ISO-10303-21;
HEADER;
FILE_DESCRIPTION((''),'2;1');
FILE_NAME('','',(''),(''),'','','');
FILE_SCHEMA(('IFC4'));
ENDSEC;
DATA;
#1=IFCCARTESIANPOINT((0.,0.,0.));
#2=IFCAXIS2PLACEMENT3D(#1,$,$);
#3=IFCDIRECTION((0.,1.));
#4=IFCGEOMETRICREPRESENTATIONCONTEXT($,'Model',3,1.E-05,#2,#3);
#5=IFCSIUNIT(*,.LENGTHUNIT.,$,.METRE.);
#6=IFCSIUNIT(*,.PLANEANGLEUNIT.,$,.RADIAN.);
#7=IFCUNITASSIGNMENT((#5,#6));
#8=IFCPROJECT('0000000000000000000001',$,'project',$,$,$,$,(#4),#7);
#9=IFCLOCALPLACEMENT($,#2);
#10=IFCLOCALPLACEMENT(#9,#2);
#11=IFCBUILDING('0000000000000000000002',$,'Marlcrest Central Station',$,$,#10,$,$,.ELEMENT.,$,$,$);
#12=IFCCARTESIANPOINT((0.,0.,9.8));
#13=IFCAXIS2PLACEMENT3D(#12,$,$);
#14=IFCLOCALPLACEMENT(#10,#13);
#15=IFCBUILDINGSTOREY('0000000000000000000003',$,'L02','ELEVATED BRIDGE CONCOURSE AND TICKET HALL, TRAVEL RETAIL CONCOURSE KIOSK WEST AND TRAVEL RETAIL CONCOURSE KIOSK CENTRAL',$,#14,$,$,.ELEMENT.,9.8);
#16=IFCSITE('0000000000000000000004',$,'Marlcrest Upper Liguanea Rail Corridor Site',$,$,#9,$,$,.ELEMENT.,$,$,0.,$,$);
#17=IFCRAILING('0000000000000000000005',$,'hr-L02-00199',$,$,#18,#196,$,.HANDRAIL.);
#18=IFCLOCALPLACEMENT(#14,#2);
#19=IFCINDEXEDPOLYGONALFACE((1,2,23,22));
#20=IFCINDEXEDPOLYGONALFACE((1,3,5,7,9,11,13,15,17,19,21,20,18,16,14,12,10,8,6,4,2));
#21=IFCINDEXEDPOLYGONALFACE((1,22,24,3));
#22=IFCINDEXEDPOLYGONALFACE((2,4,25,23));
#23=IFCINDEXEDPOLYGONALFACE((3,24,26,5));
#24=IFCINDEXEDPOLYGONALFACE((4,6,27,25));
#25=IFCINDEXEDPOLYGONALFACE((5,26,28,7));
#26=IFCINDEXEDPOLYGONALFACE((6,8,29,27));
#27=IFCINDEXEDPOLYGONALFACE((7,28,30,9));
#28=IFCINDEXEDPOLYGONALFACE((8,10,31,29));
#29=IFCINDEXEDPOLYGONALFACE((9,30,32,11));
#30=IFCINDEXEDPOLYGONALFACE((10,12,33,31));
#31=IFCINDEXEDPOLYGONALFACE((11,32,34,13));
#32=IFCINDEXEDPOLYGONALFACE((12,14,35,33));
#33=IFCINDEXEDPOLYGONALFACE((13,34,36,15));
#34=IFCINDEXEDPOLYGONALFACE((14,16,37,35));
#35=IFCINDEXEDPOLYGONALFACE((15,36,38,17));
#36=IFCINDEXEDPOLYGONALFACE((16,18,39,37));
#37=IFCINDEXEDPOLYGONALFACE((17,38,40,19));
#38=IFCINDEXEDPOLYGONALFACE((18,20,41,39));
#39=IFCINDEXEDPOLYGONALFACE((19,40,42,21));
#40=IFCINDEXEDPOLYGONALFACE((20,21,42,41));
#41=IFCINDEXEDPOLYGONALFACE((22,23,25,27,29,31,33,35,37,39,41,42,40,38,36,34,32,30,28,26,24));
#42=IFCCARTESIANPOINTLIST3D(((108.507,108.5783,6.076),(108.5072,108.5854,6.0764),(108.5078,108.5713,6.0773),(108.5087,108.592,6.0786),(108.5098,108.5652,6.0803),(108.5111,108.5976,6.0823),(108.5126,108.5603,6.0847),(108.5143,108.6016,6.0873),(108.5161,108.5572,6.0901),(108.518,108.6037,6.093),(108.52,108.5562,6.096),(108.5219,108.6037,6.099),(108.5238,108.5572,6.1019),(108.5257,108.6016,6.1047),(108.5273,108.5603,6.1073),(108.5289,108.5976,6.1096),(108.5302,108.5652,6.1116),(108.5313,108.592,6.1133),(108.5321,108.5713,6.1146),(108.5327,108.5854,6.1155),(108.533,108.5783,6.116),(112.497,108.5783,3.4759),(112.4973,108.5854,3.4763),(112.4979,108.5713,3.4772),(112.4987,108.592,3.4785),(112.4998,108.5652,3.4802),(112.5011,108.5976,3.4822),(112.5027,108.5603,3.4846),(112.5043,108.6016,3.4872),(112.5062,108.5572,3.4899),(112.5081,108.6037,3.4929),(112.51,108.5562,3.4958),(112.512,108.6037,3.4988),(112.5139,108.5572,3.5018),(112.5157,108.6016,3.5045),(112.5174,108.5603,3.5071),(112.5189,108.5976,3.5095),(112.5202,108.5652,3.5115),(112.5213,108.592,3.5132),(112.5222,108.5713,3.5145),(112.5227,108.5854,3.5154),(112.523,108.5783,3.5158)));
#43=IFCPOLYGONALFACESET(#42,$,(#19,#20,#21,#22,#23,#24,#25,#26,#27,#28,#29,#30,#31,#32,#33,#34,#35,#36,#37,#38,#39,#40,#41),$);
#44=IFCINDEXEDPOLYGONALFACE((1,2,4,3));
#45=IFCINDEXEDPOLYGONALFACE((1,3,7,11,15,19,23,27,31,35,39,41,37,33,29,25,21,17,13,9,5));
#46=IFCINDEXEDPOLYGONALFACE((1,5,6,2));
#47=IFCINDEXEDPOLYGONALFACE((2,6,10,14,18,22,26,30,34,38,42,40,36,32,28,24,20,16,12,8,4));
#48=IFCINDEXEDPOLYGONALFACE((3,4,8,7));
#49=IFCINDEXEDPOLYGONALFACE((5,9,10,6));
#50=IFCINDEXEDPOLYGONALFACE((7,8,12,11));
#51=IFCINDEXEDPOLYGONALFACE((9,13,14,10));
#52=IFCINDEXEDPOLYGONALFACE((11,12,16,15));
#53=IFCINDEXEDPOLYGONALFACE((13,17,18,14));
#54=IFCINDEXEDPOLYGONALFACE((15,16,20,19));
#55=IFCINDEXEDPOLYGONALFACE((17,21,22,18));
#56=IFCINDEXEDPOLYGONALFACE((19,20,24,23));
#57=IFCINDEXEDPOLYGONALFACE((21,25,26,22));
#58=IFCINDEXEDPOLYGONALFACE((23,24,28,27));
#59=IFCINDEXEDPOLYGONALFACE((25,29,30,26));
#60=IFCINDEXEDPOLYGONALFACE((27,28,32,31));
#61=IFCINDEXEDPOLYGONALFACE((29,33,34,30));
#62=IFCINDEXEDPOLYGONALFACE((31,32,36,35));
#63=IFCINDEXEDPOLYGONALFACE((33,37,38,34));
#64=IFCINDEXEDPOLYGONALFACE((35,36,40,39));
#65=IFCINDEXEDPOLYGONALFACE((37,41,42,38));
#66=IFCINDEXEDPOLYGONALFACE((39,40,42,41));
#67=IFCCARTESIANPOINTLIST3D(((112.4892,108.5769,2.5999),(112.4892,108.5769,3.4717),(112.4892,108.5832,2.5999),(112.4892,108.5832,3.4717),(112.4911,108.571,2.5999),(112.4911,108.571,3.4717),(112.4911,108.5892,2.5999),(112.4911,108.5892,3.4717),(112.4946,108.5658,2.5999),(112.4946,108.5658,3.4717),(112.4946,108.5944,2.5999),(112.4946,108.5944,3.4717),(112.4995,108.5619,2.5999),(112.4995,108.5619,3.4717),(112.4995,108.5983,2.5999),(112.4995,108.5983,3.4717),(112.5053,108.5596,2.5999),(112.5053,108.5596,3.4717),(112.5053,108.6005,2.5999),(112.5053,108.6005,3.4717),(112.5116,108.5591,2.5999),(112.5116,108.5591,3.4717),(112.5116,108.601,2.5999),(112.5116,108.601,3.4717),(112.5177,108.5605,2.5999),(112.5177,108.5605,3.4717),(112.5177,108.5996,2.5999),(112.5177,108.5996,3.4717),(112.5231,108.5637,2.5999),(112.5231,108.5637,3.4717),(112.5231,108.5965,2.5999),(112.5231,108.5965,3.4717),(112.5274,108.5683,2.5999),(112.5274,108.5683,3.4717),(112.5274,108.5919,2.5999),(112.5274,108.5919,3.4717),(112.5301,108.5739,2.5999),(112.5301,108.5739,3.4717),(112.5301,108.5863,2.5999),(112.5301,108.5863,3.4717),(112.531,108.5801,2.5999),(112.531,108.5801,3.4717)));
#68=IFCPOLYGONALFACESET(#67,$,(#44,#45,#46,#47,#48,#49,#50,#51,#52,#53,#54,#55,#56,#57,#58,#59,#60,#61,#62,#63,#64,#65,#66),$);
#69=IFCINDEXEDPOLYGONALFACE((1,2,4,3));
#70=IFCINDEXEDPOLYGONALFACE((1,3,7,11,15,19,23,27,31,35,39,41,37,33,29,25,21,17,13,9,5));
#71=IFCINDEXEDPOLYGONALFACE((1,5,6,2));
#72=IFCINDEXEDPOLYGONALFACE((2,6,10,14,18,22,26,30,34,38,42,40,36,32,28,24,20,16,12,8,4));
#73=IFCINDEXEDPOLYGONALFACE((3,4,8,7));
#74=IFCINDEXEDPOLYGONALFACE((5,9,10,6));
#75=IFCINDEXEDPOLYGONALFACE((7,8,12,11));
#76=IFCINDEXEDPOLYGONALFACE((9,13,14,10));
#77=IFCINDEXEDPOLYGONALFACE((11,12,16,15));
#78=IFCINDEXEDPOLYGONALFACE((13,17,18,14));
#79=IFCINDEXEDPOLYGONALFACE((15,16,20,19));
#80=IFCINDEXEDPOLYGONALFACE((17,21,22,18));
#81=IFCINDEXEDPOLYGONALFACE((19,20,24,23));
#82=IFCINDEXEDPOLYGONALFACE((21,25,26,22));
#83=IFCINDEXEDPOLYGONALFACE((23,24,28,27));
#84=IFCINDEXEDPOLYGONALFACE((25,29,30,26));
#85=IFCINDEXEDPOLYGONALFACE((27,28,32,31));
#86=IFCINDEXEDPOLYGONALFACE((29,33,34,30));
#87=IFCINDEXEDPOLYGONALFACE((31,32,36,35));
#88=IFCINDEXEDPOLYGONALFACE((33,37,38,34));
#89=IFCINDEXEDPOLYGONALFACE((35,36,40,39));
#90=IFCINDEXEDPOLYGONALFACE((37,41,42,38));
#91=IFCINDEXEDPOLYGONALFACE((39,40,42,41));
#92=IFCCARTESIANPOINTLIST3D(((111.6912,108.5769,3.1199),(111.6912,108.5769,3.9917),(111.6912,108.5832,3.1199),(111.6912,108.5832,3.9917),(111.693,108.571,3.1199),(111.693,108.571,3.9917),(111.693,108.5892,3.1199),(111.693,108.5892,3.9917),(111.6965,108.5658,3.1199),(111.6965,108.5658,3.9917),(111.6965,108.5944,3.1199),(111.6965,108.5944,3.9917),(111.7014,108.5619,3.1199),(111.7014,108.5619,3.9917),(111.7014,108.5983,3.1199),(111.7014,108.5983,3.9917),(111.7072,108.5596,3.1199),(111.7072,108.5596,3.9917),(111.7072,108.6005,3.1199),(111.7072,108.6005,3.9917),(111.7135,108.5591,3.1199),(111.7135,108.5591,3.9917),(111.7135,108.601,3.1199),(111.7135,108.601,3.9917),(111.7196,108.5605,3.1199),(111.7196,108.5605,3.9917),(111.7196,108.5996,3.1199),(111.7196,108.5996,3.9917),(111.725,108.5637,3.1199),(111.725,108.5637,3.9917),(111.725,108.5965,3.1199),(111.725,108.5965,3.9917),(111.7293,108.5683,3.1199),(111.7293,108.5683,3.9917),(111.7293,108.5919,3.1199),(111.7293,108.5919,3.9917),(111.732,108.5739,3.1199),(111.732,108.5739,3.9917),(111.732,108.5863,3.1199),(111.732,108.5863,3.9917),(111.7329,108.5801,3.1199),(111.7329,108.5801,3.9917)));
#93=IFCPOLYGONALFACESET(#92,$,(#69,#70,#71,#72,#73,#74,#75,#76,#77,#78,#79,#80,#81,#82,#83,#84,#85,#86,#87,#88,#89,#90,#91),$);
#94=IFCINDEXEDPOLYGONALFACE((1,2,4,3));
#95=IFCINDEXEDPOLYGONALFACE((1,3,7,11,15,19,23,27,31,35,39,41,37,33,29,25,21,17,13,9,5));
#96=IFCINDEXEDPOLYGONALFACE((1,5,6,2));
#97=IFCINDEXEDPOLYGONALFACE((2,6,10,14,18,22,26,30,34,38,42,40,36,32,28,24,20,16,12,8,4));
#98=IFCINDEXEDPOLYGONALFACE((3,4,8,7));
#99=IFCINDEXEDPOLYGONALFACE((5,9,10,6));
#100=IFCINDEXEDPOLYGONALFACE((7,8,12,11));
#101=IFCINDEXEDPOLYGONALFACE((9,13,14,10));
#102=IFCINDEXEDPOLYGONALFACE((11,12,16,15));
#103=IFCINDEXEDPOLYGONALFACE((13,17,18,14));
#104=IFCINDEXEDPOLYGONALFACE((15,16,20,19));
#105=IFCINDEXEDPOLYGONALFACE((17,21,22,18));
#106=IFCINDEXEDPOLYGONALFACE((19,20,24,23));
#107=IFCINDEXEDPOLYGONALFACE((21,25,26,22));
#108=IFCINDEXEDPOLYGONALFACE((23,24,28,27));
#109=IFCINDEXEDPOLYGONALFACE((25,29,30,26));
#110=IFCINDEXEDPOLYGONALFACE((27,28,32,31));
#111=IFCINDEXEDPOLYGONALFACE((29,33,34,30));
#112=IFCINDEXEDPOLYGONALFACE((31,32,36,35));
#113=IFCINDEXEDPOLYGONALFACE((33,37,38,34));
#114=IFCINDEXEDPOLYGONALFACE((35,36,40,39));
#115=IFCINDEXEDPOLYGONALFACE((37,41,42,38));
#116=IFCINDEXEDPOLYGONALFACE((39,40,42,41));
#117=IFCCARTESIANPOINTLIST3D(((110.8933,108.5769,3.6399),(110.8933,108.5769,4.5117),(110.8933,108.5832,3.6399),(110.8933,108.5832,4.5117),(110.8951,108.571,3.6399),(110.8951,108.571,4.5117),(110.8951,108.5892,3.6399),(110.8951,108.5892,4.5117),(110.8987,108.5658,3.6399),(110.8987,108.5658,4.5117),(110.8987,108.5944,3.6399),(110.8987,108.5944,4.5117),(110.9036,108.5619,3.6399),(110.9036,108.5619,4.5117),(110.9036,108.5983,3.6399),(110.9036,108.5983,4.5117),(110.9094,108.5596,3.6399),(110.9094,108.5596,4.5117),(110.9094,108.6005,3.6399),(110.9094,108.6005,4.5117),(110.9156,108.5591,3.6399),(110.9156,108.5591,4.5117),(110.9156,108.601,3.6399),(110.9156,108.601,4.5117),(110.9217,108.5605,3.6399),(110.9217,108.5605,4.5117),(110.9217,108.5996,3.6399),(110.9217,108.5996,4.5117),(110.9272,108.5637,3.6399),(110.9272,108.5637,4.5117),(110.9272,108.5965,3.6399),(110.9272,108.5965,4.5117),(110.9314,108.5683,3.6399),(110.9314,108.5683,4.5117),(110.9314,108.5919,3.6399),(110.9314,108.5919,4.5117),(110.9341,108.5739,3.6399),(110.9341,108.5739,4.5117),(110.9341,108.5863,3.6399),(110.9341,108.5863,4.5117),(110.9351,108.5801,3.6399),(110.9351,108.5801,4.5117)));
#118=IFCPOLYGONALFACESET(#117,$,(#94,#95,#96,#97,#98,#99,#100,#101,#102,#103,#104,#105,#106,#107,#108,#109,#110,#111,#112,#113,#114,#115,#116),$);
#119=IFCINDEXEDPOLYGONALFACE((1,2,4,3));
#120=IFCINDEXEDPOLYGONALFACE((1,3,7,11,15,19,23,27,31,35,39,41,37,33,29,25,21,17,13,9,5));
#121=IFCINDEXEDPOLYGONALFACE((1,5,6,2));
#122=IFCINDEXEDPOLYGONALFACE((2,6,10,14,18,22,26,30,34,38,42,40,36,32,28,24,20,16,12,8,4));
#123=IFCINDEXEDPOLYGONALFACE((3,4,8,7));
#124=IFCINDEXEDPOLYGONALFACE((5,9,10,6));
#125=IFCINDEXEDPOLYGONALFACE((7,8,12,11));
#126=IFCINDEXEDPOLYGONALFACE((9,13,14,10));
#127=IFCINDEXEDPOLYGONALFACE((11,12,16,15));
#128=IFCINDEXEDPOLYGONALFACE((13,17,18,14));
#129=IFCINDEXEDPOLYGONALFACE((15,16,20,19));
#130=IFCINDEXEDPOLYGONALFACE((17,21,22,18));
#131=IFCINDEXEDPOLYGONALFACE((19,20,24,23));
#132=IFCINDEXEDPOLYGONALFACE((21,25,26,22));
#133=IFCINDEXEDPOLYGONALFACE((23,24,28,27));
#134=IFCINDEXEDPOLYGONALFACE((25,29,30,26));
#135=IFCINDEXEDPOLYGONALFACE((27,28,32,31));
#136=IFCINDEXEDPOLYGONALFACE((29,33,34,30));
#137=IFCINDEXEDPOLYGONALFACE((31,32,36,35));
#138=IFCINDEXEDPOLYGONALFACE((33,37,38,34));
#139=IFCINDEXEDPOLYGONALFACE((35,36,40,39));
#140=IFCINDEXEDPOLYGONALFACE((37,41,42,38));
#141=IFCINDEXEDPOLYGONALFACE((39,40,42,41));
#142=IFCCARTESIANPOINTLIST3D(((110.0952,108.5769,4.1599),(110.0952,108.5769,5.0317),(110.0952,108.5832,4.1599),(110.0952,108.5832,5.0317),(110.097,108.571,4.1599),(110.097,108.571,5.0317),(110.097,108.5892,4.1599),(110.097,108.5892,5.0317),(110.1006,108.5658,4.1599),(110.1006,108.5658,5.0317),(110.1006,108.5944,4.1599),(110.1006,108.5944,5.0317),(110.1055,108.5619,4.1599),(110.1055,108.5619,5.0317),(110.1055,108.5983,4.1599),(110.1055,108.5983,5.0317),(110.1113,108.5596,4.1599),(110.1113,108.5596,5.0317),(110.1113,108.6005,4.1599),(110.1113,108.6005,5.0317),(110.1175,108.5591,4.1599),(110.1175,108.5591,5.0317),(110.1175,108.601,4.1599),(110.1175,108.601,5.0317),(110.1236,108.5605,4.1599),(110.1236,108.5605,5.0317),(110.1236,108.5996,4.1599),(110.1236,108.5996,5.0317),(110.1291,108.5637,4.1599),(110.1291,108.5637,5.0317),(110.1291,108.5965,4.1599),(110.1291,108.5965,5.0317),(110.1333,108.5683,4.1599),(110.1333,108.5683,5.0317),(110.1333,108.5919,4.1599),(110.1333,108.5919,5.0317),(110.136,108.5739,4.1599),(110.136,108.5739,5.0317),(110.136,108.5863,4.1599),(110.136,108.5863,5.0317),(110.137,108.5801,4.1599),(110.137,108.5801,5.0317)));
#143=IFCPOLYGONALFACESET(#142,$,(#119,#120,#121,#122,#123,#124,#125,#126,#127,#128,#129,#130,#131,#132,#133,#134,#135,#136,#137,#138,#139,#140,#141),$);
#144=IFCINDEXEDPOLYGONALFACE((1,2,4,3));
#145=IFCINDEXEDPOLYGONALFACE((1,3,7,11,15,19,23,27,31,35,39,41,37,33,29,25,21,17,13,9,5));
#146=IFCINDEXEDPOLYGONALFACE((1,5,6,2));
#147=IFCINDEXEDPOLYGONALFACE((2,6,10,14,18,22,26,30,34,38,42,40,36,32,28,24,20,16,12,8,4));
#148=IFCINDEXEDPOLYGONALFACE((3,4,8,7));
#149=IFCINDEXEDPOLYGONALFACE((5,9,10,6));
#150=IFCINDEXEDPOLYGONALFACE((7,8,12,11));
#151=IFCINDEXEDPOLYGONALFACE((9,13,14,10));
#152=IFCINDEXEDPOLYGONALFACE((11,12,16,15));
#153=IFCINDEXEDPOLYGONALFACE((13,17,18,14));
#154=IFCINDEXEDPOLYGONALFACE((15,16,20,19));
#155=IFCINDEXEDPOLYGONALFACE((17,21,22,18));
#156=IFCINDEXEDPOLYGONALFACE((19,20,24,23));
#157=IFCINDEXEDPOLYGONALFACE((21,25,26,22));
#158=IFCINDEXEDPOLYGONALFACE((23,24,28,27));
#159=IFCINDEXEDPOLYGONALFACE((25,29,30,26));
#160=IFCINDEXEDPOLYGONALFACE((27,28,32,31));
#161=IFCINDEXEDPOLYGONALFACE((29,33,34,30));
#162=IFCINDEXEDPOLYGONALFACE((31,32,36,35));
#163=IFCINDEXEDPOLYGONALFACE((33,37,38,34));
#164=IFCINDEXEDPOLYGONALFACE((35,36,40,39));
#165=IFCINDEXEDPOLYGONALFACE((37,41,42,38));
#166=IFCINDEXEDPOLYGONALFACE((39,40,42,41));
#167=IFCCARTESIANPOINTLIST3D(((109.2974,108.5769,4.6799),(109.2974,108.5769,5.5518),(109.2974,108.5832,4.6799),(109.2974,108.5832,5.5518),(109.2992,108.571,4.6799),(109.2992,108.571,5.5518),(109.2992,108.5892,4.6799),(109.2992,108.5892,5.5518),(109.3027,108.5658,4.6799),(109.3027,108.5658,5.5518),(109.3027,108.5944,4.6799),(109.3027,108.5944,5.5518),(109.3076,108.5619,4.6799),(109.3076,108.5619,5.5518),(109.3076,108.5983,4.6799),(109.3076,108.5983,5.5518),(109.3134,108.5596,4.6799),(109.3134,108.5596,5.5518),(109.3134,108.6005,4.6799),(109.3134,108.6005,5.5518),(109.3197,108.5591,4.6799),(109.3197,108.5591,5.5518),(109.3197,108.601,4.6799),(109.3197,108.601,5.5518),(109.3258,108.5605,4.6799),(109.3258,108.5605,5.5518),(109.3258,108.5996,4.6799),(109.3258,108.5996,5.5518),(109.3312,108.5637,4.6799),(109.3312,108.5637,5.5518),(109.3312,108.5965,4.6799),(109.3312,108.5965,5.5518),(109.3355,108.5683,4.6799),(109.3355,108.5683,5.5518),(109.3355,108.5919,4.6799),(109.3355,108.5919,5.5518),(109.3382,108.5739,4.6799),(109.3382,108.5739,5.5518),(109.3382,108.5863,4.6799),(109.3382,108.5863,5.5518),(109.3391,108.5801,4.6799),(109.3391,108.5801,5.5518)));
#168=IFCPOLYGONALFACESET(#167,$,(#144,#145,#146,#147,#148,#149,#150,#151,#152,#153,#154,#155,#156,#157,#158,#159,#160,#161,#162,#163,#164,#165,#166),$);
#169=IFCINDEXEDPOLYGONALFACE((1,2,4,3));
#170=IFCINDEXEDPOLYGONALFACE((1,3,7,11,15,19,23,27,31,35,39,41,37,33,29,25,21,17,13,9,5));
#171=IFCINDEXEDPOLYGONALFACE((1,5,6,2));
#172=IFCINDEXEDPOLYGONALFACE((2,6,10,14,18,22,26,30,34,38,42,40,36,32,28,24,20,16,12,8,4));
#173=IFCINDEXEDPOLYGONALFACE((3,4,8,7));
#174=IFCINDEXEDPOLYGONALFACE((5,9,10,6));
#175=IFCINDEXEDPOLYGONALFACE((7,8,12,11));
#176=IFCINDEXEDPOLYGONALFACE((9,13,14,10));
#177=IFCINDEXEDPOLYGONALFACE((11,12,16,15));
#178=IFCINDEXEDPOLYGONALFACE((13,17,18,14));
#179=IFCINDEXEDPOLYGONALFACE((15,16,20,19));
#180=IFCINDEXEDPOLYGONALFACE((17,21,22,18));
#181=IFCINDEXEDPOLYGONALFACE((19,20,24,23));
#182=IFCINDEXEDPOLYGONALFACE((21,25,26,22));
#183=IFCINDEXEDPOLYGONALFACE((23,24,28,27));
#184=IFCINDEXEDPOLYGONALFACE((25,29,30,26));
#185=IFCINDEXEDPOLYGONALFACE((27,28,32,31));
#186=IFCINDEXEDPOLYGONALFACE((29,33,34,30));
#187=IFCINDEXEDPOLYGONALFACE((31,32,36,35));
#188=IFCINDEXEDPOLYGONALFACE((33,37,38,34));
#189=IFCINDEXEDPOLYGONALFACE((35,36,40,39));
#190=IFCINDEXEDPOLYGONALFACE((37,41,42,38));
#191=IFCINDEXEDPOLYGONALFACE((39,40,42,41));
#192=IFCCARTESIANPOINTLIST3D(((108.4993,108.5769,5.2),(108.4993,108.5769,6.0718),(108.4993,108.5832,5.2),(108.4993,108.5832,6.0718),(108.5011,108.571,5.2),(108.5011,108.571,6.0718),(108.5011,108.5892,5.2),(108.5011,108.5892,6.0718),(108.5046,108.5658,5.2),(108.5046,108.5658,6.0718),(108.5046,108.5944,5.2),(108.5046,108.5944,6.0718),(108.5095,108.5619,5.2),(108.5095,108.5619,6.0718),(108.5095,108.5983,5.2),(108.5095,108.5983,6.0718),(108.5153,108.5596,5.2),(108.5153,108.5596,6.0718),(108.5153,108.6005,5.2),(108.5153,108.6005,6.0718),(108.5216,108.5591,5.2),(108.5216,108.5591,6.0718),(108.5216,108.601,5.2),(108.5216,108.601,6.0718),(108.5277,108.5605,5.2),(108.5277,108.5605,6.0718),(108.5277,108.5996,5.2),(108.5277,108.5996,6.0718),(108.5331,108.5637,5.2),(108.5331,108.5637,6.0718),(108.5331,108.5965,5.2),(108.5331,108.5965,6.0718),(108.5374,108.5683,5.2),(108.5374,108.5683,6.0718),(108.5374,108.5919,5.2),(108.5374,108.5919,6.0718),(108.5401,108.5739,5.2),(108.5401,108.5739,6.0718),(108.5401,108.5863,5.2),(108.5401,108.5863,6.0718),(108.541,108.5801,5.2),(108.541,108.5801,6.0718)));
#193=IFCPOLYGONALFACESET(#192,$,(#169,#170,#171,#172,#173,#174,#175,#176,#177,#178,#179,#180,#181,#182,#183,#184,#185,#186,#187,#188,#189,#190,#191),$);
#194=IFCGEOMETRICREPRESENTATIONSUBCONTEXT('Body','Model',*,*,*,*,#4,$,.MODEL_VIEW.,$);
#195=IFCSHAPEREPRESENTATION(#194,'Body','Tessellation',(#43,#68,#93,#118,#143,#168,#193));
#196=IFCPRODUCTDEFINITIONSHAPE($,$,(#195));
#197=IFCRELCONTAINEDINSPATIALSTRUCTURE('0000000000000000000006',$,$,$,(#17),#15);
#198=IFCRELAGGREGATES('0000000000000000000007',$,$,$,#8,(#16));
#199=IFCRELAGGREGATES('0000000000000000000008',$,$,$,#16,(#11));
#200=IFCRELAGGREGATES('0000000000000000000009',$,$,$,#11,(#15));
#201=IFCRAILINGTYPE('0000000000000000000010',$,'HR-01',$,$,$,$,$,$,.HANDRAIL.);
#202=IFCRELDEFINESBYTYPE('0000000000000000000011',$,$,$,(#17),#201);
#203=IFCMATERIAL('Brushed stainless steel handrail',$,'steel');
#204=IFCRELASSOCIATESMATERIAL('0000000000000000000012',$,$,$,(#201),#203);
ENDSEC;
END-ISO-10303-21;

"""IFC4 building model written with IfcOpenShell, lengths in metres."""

from ifc_helpers import new_model, si_unit, direction, frame, origin, origin_2d, place, context, subcontext, project, spatial, circle, extrude, material, type_object, element, save


model = new_model("IFC4")

# Units and contexts
model_context = context("Model", 3, precision=1e-05, world=origin(), true_north=direction((0.0, 1.0)))
body_context = subcontext(model_context, "Body", "Model", "MODEL_VIEW")
ifc_project = project(units=[si_unit("LENGTHUNIT", "METRE"), si_unit("PLANEANGLEUNIT", "RADIAN")], contexts=[model_context])

# Site, building, storey
site_placement = place(None, origin())
site = spatial("IfcSite", under=ifc_project, at=site_placement, Name="Marlcrest Upper Liguanea Rail Corridor Site", CompositionType="ELEMENT", RefElevation=0.0)
building_placement = place(site_placement, origin())
building = spatial("IfcBuilding", under=site, at=building_placement, Name="Marlcrest Central Station", CompositionType="ELEMENT")
storey_placement = place(building_placement, frame((0.0, 0.0, 9.8)))
storey = spatial("IfcBuildingStorey", under=building, at=storey_placement, Name="L02", Description="ELEVATED BRIDGE CONCOURSE AND TICKET HALL, TRAVEL RETAIL CONCOURSE KIOSK WEST AND TRAVEL RETAIL CONCOURSE KIOSK CENTRAL", CompositionType="ELEMENT", Elevation=9.8)

# Railing
ifc_material_1 = material(Name="Brushed stainless steel handrail", Category="steel")
railing_type_1 = type_object("IfcRailingType", Name="HR-01", PredefinedType="HANDRAIL", material=ifc_material_1)
railing_1_placement = place(storey_placement, frame((112.51, 108.5801, 2.5999)))
element("IfcRailing", 1, at=railing_1_placement, inside=storey, type_object=railing_type_1, Name="hr-L02-00199", PredefinedType="HANDRAIL", context=body_context, shape_type="SweptSolid", body=[
    extrude(circle(Radius=0.0239, at=origin_2d()), frame((0.0, 0.0, 0.896), z_axis=(-0.837809, 0.0, 0.545963), x_axis=(0.0, -1.0, 0.0)), (0.0, 0.0, 1.0), 4.7625),
    extrude(circle(Radius=0.021, at=origin_2d()), origin(), (0.0, 0.0, 1.0), 0.8718),
    extrude(circle(Radius=0.021, at=origin_2d()), frame((-0.7981, 0.0, 0.52)), (0.0, 0.0, 1.0), 0.8718),
    extrude(circle(Radius=0.021, at=origin_2d()), frame((-1.5959, 0.0, 1.04)), (0.0, 0.0, 1.0), 0.8718),
    extrude(circle(Radius=0.021, at=origin_2d()), frame((-2.394, 0.0, 1.5601)), (0.0, 0.0, 1.0), 0.8718),
    extrude(circle(Radius=0.021, at=origin_2d()), frame((-3.1919, 0.0, 2.0801)), (0.0, 0.0, 1.0), 0.8718),
    extrude(circle(Radius=0.021, at=origin_2d()), frame((-3.99, 0.0, 2.6001)), (0.0, 0.0, 1.0), 0.8718),
])

save(model, "model.ifc")
